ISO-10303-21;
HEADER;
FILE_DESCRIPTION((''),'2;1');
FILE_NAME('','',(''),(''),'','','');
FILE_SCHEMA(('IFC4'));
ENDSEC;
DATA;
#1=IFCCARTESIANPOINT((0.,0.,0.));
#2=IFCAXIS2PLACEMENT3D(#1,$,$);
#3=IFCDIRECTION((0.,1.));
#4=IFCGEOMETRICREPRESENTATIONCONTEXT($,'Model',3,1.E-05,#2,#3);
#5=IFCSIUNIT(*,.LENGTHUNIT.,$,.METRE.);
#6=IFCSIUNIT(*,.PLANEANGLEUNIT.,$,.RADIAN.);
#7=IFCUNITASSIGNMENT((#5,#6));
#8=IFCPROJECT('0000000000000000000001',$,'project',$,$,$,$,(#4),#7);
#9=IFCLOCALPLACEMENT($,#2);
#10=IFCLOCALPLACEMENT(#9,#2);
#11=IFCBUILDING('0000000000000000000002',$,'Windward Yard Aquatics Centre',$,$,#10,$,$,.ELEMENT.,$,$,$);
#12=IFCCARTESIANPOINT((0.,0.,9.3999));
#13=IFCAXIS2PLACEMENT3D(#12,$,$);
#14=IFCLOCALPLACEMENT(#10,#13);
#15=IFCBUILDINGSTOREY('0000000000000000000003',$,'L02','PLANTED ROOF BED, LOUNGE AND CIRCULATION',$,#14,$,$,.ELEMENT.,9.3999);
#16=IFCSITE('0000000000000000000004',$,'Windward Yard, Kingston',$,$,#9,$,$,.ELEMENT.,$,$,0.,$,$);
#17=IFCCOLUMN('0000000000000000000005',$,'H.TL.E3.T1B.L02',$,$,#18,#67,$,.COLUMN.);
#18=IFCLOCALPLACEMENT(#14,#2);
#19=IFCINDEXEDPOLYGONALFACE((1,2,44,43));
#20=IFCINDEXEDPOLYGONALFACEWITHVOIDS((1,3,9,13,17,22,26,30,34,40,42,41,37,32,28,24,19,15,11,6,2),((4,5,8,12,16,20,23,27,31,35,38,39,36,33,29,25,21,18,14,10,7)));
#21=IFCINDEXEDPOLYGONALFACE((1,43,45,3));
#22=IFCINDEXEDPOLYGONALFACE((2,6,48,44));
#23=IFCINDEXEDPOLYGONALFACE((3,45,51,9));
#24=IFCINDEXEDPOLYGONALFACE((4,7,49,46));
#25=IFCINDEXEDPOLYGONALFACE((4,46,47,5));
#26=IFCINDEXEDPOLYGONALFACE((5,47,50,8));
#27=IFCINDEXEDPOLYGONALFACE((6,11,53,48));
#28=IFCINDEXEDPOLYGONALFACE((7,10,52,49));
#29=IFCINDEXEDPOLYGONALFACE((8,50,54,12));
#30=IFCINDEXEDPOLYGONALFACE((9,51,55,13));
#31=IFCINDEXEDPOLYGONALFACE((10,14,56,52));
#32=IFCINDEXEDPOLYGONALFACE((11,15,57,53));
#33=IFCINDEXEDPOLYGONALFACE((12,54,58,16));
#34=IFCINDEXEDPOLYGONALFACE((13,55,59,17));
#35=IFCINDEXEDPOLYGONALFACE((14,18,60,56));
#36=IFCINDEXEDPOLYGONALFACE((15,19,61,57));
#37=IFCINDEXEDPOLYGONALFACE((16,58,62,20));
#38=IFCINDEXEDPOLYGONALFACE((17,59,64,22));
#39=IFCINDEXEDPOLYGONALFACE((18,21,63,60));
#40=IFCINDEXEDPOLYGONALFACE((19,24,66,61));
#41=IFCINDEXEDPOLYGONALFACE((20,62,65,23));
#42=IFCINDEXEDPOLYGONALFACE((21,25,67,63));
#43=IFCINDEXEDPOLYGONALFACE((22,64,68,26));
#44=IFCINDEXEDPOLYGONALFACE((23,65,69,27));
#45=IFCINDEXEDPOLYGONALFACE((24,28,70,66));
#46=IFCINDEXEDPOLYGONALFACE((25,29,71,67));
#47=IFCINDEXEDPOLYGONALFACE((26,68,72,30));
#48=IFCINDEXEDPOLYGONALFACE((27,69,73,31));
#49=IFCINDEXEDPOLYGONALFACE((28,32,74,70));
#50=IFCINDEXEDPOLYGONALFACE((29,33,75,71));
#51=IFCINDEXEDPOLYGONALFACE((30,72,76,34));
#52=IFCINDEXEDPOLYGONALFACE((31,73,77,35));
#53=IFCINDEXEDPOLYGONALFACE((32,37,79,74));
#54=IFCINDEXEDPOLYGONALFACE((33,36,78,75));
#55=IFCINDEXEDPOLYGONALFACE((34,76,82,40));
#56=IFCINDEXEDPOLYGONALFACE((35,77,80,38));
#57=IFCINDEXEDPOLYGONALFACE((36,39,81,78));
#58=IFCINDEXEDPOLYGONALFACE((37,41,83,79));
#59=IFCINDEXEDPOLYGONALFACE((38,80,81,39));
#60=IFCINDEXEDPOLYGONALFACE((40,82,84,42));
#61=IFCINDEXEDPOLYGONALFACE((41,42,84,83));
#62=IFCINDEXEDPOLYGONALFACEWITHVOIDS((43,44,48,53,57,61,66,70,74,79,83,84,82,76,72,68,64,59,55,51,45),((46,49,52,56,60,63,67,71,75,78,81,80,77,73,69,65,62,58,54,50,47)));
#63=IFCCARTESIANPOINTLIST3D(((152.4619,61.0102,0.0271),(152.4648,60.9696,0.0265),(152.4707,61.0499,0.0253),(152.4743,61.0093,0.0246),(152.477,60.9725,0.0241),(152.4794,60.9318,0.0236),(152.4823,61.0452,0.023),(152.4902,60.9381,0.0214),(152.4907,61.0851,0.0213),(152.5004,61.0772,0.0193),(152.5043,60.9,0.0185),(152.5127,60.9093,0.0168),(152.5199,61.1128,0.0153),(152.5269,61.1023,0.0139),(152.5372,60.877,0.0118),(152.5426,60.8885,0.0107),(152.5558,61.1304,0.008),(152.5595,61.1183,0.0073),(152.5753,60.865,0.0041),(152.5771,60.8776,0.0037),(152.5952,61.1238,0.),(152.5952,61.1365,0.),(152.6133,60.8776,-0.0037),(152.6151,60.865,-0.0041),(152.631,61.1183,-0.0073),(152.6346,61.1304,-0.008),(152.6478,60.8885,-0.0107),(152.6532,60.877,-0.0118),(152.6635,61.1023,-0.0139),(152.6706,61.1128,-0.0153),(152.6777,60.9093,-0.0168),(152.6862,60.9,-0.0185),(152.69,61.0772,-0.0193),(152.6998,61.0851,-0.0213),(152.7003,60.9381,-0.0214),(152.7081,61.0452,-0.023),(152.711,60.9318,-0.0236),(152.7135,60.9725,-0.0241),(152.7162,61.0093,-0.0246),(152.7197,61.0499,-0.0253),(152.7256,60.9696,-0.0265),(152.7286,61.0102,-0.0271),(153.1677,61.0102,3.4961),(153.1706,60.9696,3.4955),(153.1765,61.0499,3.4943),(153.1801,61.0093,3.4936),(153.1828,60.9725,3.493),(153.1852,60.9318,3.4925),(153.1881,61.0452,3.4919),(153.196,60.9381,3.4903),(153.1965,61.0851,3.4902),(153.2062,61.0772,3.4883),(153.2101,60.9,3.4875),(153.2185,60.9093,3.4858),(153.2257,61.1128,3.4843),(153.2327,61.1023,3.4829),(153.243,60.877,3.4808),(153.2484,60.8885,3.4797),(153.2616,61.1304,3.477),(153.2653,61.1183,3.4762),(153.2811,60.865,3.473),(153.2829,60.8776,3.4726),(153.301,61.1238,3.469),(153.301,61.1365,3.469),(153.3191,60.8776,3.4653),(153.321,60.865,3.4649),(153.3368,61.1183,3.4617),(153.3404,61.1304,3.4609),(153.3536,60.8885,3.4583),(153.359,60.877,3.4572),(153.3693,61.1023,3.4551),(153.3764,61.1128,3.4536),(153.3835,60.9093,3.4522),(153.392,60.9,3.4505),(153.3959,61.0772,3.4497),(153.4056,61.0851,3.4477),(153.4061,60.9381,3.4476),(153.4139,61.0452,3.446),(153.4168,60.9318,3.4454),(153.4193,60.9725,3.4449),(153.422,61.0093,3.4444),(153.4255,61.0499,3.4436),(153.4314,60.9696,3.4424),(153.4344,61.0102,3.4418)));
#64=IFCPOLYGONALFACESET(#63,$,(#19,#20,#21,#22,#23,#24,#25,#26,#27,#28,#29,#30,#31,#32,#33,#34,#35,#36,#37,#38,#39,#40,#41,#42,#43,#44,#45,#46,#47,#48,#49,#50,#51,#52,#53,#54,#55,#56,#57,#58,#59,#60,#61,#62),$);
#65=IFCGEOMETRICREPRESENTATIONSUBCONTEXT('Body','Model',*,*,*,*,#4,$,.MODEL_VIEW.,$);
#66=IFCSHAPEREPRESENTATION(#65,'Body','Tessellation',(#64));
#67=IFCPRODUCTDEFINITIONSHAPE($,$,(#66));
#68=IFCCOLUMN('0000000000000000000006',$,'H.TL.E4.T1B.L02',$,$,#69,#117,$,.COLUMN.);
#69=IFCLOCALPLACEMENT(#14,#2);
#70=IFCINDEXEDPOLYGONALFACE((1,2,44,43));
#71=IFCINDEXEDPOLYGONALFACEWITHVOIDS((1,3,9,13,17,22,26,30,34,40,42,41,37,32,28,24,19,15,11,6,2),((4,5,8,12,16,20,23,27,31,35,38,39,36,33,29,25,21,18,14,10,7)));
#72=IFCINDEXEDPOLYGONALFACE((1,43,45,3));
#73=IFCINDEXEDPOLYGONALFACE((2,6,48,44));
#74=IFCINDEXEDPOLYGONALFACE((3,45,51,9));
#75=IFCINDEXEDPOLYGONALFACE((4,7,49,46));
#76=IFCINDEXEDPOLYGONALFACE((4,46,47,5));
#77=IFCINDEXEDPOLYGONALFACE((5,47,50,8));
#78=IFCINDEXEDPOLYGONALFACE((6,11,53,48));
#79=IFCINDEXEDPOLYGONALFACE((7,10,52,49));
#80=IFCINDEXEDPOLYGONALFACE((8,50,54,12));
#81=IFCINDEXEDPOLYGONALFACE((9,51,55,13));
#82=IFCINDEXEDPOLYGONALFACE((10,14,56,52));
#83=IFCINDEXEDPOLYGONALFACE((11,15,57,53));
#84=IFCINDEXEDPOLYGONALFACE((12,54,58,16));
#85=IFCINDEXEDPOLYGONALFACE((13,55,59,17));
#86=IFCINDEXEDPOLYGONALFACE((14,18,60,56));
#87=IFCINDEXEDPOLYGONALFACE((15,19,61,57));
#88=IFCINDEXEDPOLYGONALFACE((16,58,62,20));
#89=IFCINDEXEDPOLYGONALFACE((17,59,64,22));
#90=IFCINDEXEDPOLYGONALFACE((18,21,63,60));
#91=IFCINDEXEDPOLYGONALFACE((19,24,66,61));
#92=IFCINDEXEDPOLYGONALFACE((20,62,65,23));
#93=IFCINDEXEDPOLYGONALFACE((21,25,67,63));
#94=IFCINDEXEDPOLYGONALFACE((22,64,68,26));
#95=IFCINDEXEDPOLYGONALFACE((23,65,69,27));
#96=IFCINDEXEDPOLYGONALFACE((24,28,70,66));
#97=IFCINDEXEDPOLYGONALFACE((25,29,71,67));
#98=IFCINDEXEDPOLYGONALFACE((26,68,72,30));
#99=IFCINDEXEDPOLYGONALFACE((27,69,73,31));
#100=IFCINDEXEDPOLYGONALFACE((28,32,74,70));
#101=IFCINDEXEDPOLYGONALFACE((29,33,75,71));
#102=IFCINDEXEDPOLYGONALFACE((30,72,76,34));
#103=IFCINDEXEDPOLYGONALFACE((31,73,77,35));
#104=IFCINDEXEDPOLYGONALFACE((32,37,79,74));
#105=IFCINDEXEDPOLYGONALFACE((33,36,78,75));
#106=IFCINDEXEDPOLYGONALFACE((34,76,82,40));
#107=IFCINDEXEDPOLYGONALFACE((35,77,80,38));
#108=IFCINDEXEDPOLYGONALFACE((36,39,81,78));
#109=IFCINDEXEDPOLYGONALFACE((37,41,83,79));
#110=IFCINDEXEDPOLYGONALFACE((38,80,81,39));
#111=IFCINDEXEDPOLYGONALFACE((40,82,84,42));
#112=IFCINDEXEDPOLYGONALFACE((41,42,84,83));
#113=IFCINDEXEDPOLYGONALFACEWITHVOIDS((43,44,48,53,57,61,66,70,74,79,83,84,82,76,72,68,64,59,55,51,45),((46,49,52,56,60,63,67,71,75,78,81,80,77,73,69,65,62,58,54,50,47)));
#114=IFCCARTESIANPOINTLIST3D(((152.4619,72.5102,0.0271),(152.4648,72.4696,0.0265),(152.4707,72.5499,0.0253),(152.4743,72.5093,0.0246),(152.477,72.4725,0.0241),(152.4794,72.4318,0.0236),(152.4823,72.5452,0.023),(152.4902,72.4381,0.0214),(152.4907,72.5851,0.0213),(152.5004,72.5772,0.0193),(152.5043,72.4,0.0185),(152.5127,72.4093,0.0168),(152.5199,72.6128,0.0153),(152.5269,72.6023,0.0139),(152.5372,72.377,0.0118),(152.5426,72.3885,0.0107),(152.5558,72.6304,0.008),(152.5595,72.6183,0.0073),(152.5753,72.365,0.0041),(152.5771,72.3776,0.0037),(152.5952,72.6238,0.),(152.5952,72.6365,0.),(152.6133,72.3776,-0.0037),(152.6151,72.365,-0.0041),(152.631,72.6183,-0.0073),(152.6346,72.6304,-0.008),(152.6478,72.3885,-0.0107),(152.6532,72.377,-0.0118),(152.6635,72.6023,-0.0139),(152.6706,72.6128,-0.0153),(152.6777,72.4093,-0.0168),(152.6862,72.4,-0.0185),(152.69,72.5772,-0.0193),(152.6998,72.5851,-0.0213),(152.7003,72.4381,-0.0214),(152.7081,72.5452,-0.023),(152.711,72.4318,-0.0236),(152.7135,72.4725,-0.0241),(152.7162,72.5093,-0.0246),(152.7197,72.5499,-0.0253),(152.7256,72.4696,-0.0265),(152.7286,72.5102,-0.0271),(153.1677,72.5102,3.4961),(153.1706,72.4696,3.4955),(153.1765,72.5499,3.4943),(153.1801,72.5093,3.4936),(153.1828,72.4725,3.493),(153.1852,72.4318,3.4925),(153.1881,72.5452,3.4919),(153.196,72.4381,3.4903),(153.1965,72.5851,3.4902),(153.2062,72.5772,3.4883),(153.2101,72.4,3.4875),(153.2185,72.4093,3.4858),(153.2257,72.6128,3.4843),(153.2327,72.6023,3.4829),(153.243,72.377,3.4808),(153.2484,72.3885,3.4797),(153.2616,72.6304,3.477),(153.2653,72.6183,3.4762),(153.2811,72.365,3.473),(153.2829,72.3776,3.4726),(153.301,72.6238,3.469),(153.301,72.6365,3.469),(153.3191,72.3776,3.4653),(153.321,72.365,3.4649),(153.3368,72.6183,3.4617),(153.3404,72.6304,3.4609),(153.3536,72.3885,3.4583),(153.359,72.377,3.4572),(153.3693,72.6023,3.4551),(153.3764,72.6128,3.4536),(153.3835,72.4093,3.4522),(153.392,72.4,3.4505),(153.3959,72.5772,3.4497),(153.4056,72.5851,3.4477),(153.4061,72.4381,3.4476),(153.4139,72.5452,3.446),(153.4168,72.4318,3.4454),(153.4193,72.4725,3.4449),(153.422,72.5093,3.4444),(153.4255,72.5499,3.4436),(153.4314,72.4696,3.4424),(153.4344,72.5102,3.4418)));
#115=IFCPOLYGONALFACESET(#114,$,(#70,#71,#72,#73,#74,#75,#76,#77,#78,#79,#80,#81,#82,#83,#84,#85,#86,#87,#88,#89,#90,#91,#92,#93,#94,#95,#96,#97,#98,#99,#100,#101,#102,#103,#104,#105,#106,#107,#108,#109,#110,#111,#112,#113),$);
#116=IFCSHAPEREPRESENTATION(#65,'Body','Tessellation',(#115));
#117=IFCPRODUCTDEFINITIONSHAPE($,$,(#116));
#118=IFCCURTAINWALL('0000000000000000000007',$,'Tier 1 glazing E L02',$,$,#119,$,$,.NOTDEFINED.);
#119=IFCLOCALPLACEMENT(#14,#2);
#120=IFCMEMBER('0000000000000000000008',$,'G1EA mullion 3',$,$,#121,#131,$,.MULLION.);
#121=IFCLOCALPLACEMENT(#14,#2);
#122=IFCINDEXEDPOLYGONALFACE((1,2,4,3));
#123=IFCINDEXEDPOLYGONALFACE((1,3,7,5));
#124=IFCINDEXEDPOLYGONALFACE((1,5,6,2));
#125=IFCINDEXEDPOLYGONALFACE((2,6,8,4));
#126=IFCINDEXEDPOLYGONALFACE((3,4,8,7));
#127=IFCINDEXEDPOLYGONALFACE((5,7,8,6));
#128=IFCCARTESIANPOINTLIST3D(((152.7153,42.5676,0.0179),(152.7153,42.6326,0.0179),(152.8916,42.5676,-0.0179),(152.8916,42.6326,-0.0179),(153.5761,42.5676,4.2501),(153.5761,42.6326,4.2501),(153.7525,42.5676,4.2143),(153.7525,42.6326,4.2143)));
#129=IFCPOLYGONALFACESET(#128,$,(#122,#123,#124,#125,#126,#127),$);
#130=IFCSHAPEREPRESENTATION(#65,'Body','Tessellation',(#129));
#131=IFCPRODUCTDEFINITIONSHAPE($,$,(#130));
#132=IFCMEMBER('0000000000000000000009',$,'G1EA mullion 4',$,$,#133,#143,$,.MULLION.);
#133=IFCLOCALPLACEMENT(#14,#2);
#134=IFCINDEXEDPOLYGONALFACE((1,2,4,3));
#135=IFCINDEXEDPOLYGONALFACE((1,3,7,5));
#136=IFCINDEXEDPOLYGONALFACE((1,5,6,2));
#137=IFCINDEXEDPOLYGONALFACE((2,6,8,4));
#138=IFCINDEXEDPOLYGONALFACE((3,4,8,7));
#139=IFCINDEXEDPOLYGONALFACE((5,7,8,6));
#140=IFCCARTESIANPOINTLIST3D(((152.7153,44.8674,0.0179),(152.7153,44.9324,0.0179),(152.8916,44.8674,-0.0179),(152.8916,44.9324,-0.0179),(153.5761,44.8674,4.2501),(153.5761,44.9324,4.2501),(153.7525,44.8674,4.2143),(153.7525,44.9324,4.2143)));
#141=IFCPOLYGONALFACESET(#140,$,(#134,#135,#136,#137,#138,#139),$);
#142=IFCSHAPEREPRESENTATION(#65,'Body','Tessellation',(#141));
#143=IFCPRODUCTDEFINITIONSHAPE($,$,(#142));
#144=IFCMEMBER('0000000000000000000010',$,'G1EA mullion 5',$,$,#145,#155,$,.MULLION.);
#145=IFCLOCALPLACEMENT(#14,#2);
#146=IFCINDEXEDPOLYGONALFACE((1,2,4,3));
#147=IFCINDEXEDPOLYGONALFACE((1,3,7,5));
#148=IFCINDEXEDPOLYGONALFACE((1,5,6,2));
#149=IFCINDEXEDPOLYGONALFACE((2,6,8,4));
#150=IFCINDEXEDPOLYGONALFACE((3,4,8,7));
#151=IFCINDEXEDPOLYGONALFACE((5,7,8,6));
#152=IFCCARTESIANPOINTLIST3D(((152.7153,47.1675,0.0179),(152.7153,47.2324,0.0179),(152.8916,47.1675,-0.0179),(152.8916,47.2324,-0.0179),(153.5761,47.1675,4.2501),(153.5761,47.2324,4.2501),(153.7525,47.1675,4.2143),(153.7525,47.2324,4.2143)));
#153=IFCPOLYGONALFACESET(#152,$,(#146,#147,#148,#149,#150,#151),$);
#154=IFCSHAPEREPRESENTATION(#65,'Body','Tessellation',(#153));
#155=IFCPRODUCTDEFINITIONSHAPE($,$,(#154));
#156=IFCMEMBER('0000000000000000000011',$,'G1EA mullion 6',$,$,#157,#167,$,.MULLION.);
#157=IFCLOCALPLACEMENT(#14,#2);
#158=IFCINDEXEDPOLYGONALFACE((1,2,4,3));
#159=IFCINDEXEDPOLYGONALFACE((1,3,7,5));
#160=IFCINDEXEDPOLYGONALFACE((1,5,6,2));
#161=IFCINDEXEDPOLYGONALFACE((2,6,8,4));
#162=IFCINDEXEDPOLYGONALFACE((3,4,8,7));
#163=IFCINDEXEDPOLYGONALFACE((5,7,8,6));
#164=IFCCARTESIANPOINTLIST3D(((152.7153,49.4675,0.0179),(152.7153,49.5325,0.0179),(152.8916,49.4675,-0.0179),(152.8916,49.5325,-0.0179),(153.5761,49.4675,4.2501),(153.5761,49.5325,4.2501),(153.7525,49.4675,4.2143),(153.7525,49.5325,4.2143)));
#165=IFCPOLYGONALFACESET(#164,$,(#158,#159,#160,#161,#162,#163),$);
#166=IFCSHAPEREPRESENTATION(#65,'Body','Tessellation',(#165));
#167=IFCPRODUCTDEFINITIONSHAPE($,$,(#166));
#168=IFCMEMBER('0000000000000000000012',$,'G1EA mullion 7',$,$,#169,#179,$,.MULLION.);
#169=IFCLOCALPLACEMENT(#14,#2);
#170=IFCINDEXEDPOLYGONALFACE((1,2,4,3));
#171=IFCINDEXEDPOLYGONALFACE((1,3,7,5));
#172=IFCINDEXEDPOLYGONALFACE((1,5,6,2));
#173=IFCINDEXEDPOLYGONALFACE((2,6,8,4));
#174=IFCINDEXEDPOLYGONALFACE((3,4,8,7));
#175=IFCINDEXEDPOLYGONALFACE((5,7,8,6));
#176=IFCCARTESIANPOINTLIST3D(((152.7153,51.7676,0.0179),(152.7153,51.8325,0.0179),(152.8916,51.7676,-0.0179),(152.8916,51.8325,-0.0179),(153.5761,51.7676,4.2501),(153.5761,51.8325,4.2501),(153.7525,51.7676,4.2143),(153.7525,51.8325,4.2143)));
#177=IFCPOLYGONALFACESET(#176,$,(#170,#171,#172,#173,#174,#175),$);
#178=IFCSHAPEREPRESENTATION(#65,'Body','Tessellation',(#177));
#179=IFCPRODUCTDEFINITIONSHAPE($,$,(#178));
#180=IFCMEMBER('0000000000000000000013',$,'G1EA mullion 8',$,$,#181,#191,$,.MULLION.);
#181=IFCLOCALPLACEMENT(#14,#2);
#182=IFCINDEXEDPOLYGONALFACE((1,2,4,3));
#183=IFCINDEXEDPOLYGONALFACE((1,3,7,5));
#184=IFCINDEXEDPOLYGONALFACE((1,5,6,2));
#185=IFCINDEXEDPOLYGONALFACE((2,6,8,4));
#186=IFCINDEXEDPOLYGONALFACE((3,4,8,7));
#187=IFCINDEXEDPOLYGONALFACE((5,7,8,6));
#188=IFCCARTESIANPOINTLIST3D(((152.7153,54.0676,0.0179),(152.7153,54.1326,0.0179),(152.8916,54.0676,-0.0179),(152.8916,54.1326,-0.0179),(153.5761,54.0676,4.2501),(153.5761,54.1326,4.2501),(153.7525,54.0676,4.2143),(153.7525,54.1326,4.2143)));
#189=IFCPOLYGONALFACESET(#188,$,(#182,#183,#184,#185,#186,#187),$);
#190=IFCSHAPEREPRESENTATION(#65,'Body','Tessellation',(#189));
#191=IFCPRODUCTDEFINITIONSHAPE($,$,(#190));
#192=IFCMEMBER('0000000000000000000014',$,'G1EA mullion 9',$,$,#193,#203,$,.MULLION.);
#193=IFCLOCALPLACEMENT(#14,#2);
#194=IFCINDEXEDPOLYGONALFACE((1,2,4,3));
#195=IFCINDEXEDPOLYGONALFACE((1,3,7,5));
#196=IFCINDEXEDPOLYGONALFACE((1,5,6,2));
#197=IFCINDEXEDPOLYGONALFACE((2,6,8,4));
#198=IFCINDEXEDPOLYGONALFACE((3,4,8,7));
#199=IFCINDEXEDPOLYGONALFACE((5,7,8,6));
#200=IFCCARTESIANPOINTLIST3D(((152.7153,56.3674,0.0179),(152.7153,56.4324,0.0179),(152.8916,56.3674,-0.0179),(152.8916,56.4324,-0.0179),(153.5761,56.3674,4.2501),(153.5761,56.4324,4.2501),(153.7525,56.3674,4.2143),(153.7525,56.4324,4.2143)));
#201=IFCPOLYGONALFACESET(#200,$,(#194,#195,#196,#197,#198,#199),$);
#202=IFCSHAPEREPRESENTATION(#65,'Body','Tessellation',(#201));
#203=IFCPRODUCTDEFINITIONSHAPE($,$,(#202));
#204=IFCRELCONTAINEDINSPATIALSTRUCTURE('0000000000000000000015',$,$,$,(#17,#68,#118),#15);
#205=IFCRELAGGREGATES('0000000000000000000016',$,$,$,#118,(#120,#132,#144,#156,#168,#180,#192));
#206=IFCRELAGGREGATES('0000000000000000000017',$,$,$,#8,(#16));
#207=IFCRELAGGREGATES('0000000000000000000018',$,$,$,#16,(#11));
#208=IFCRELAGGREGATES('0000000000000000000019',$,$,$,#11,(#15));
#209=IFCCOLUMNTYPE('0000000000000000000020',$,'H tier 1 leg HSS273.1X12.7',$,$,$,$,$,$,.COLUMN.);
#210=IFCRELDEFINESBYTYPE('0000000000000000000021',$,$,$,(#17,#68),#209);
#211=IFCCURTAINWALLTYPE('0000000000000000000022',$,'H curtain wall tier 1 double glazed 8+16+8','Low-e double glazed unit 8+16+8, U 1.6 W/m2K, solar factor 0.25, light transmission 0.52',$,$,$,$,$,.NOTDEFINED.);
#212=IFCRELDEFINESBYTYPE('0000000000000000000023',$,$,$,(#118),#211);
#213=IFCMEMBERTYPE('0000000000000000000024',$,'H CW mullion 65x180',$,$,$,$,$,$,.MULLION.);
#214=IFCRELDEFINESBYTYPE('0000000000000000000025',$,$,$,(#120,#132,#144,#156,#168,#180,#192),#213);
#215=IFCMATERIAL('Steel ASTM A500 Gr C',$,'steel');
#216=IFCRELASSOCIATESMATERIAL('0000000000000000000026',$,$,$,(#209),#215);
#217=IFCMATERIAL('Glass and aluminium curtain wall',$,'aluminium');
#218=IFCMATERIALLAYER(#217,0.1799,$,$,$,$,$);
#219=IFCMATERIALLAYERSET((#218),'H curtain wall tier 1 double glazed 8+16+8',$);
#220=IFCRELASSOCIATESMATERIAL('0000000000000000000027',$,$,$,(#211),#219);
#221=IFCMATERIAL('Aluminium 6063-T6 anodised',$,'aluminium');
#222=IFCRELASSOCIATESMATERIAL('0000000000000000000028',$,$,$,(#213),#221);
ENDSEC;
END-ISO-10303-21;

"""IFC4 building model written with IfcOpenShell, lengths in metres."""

from ifc_helpers import new_model, si_unit, direction, frame, origin, origin_2d, place, context, subcontext, project, spatial, rectangle, hollow_circle, extrude, material, layer, layer_set, material_profile, profile_set, type_object, element, aggregate, save


model = new_model("IFC4")

# Units and contexts
model_context = context("Model", 3, precision=1e-05, world=origin(), true_north=direction((0.0, 1.0)))
body_context = subcontext(model_context, "Body", "Model", "MODEL_VIEW")
ifc_project = project(units=[si_unit("LENGTHUNIT", "METRE"), si_unit("PLANEANGLEUNIT", "RADIAN")], contexts=[model_context])

# Site, building, storey
site_placement = place(None, origin())
site = spatial("IfcSite", under=ifc_project, at=site_placement, Name="Windward Yard, Kingston", CompositionType="ELEMENT", RefElevation=0.0)
building_placement = place(site_placement, origin())
building = spatial("IfcBuilding", under=site, at=building_placement, Name="Windward Yard Aquatics Centre", CompositionType="ELEMENT")
storey_placement = place(building_placement, frame((0.0, 0.0, 9.3999)))
storey = spatial("IfcBuildingStorey", under=building, at=storey_placement, Name="L02", Description="PLANTED ROOF BED, LOUNGE AND CIRCULATION", CompositionType="ELEMENT", Elevation=9.3999)

# Columns
ifc_material_1 = material(Name="Steel ASTM A500 Gr C", Category="steel")
ifc_material_profile_1 = material_profile(ifc_material_1, hollow_circle(Radius=0.1365, WallThickness=0.0127, at=origin_2d()), Name="HSS273.1X12.7")
ifc_profile_set_1 = profile_set([ifc_material_profile_1], Name="Steel ASTM A500 Gr C")
column_type_1 = type_object("IfcColumnType", Name="H tier 1 leg HSS273.1X12.7", PredefinedType="COLUMN", material=ifc_profile_set_1)
for number, where, z_axis, x_axis, name in (
    (1, (152.5952, 61.0, 0.0), (0.199378, 0.0, 0.979923), (0.0, 1.0, 0.0), "H.TL.E3.T1B.L02"),
    (2, (152.5952, 72.5, 0.0), (0.199378, 0.0, 0.979923), (0.0, 1.0, 0.0), "H.TL.E4.T1B.L02"),
):
    element("IfcColumn", number, at=place(storey_placement, frame(where, z_axis=z_axis, x_axis=x_axis)), inside=storey, type_object=column_type_1, Name=name, PredefinedType="COLUMN", context=body_context, shape_type="SweptSolid", body=[
        extrude(hollow_circle(Radius=0.1365, WallThickness=0.0127, at=origin_2d()), origin(), (0.0, 0.0, 1.0), 3.54),
    ])

# Curtain wall, members
ifc_material_2 = material(Name="Glass and aluminium curtain wall", Category="aluminium")
ifc_layer_1 = layer(ifc_material_2, 0.1799)
ifc_layer_set_1 = layer_set([ifc_layer_1], Name="H curtain wall tier 1 double glazed 8+16+8")
curtain_wall_type = type_object("IfcCurtainWallType", Name="H curtain wall tier 1 double glazed 8+16+8", Description="Low-e double glazed unit 8+16+8, U 1.6 W/m2K, solar factor 0.25, light transmission 0.52", PredefinedType="NOTDEFINED", material=ifc_layer_set_1)
curtain_wall_placement = place(storey_placement, origin())
curtain_wall = element("IfcCurtainWall", 3, at=curtain_wall_placement, inside=storey, type_object=curtain_wall_type, Name="Tier 1 glazing E L02", PredefinedType="NOTDEFINED")
ifc_material_3 = material(Name="Aluminium 6063-T6 anodised", Category="aluminium")
ifc_material_profile_2 = material_profile(ifc_material_3, rectangle(XDim=0.0649, YDim=0.1799, at=origin_2d()), Name="H CW mullion 65x180")
ifc_profile_set_2 = profile_set([ifc_material_profile_2], Name="Aluminium 6063-T6 anodised")
member_type_1 = type_object("IfcMemberType", Name="H CW mullion 65x180", PredefinedType="MULLION", material=ifc_profile_set_2)
member_1_placement = place(storey_placement, frame((152.8035, 42.6001, 0.0), z_axis=(0.199322, 0.0, 0.979934), x_axis=(0.0, 1.0, 0.0)))
member_1 = element("IfcMember", 4, at=member_1_placement, type_object=member_type_1, Name="G1EA mullion 3", PredefinedType="MULLION", context=body_context, shape_type="SweptSolid", body=[
    extrude(rectangle(XDim=0.0649, YDim=0.1799, at=origin_2d()), origin(), (0.0, 0.0, 1.0), 4.3188),
])
member_2_placement = place(storey_placement, frame((152.8035, 44.8999, 0.0), z_axis=(0.199322, 0.0, 0.979934), x_axis=(0.0, 1.0, 0.0)))
member_2 = element("IfcMember", 5, at=member_2_placement, type_object=member_type_1, Name="G1EA mullion 4", PredefinedType="MULLION", context=body_context, shape_type="SweptSolid", body=[
    extrude(rectangle(XDim=0.0649, YDim=0.1799, at=origin_2d()), origin(), (0.0, 0.0, 1.0), 4.3188),
])
member_3_placement = place(storey_placement, frame((152.8035, 47.2, 0.0), z_axis=(0.199322, 0.0, 0.979934), x_axis=(0.0, 1.0, 0.0)))
member_3 = element("IfcMember", 6, at=member_3_placement, type_object=member_type_1, Name="G1EA mullion 5", PredefinedType="MULLION", context=body_context, shape_type="SweptSolid", body=[
    extrude(rectangle(XDim=0.0649, YDim=0.1799, at=origin_2d()), origin(), (0.0, 0.0, 1.0), 4.3188),
])
member_4_placement = place(storey_placement, frame((152.8035, 49.5, 0.0), z_axis=(0.199322, 0.0, 0.979934), x_axis=(0.0, 1.0, 0.0)))
member_4 = element("IfcMember", 7, at=member_4_placement, type_object=member_type_1, Name="G1EA mullion 6", PredefinedType="MULLION", context=body_context, shape_type="SweptSolid", body=[
    extrude(rectangle(XDim=0.0649, YDim=0.1799, at=origin_2d()), origin(), (0.0, 0.0, 1.0), 4.3188),
])
member_5_placement = place(storey_placement, frame((152.8035, 51.8, 0.0), z_axis=(0.199322, 0.0, 0.979934), x_axis=(0.0, 1.0, 0.0)))
member_5 = element("IfcMember", 8, at=member_5_placement, type_object=member_type_1, Name="G1EA mullion 7", PredefinedType="MULLION", context=body_context, shape_type="SweptSolid", body=[
    extrude(rectangle(XDim=0.0649, YDim=0.1799, at=origin_2d()), origin(), (0.0, 0.0, 1.0), 4.3188),
])
member_6_placement = place(storey_placement, frame((152.8035, 54.1001, 0.0), z_axis=(0.199322, 0.0, 0.979934), x_axis=(0.0, 1.0, 0.0)))
member_6 = element("IfcMember", 9, at=member_6_placement, type_object=member_type_1, Name="G1EA mullion 8", PredefinedType="MULLION", context=body_context, shape_type="SweptSolid", body=[
    extrude(rectangle(XDim=0.0649, YDim=0.1799, at=origin_2d()), origin(), (0.0, 0.0, 1.0), 4.3188),
])
member_7_placement = place(storey_placement, frame((152.8035, 56.3999, 0.0), z_axis=(0.199322, 0.0, 0.979934), x_axis=(0.0, 1.0, 0.0)))
member_7 = element("IfcMember", 10, at=member_7_placement, type_object=member_type_1, Name="G1EA mullion 9", PredefinedType="MULLION", context=body_context, shape_type="SweptSolid", body=[
    extrude(rectangle(XDim=0.0649, YDim=0.1799, at=origin_2d()), origin(), (0.0, 0.0, 1.0), 4.3188),
])

aggregate(curtain_wall, [member_1, member_2, member_3, member_4, member_5, member_6, member_7])

save(model, "model.ifc")
